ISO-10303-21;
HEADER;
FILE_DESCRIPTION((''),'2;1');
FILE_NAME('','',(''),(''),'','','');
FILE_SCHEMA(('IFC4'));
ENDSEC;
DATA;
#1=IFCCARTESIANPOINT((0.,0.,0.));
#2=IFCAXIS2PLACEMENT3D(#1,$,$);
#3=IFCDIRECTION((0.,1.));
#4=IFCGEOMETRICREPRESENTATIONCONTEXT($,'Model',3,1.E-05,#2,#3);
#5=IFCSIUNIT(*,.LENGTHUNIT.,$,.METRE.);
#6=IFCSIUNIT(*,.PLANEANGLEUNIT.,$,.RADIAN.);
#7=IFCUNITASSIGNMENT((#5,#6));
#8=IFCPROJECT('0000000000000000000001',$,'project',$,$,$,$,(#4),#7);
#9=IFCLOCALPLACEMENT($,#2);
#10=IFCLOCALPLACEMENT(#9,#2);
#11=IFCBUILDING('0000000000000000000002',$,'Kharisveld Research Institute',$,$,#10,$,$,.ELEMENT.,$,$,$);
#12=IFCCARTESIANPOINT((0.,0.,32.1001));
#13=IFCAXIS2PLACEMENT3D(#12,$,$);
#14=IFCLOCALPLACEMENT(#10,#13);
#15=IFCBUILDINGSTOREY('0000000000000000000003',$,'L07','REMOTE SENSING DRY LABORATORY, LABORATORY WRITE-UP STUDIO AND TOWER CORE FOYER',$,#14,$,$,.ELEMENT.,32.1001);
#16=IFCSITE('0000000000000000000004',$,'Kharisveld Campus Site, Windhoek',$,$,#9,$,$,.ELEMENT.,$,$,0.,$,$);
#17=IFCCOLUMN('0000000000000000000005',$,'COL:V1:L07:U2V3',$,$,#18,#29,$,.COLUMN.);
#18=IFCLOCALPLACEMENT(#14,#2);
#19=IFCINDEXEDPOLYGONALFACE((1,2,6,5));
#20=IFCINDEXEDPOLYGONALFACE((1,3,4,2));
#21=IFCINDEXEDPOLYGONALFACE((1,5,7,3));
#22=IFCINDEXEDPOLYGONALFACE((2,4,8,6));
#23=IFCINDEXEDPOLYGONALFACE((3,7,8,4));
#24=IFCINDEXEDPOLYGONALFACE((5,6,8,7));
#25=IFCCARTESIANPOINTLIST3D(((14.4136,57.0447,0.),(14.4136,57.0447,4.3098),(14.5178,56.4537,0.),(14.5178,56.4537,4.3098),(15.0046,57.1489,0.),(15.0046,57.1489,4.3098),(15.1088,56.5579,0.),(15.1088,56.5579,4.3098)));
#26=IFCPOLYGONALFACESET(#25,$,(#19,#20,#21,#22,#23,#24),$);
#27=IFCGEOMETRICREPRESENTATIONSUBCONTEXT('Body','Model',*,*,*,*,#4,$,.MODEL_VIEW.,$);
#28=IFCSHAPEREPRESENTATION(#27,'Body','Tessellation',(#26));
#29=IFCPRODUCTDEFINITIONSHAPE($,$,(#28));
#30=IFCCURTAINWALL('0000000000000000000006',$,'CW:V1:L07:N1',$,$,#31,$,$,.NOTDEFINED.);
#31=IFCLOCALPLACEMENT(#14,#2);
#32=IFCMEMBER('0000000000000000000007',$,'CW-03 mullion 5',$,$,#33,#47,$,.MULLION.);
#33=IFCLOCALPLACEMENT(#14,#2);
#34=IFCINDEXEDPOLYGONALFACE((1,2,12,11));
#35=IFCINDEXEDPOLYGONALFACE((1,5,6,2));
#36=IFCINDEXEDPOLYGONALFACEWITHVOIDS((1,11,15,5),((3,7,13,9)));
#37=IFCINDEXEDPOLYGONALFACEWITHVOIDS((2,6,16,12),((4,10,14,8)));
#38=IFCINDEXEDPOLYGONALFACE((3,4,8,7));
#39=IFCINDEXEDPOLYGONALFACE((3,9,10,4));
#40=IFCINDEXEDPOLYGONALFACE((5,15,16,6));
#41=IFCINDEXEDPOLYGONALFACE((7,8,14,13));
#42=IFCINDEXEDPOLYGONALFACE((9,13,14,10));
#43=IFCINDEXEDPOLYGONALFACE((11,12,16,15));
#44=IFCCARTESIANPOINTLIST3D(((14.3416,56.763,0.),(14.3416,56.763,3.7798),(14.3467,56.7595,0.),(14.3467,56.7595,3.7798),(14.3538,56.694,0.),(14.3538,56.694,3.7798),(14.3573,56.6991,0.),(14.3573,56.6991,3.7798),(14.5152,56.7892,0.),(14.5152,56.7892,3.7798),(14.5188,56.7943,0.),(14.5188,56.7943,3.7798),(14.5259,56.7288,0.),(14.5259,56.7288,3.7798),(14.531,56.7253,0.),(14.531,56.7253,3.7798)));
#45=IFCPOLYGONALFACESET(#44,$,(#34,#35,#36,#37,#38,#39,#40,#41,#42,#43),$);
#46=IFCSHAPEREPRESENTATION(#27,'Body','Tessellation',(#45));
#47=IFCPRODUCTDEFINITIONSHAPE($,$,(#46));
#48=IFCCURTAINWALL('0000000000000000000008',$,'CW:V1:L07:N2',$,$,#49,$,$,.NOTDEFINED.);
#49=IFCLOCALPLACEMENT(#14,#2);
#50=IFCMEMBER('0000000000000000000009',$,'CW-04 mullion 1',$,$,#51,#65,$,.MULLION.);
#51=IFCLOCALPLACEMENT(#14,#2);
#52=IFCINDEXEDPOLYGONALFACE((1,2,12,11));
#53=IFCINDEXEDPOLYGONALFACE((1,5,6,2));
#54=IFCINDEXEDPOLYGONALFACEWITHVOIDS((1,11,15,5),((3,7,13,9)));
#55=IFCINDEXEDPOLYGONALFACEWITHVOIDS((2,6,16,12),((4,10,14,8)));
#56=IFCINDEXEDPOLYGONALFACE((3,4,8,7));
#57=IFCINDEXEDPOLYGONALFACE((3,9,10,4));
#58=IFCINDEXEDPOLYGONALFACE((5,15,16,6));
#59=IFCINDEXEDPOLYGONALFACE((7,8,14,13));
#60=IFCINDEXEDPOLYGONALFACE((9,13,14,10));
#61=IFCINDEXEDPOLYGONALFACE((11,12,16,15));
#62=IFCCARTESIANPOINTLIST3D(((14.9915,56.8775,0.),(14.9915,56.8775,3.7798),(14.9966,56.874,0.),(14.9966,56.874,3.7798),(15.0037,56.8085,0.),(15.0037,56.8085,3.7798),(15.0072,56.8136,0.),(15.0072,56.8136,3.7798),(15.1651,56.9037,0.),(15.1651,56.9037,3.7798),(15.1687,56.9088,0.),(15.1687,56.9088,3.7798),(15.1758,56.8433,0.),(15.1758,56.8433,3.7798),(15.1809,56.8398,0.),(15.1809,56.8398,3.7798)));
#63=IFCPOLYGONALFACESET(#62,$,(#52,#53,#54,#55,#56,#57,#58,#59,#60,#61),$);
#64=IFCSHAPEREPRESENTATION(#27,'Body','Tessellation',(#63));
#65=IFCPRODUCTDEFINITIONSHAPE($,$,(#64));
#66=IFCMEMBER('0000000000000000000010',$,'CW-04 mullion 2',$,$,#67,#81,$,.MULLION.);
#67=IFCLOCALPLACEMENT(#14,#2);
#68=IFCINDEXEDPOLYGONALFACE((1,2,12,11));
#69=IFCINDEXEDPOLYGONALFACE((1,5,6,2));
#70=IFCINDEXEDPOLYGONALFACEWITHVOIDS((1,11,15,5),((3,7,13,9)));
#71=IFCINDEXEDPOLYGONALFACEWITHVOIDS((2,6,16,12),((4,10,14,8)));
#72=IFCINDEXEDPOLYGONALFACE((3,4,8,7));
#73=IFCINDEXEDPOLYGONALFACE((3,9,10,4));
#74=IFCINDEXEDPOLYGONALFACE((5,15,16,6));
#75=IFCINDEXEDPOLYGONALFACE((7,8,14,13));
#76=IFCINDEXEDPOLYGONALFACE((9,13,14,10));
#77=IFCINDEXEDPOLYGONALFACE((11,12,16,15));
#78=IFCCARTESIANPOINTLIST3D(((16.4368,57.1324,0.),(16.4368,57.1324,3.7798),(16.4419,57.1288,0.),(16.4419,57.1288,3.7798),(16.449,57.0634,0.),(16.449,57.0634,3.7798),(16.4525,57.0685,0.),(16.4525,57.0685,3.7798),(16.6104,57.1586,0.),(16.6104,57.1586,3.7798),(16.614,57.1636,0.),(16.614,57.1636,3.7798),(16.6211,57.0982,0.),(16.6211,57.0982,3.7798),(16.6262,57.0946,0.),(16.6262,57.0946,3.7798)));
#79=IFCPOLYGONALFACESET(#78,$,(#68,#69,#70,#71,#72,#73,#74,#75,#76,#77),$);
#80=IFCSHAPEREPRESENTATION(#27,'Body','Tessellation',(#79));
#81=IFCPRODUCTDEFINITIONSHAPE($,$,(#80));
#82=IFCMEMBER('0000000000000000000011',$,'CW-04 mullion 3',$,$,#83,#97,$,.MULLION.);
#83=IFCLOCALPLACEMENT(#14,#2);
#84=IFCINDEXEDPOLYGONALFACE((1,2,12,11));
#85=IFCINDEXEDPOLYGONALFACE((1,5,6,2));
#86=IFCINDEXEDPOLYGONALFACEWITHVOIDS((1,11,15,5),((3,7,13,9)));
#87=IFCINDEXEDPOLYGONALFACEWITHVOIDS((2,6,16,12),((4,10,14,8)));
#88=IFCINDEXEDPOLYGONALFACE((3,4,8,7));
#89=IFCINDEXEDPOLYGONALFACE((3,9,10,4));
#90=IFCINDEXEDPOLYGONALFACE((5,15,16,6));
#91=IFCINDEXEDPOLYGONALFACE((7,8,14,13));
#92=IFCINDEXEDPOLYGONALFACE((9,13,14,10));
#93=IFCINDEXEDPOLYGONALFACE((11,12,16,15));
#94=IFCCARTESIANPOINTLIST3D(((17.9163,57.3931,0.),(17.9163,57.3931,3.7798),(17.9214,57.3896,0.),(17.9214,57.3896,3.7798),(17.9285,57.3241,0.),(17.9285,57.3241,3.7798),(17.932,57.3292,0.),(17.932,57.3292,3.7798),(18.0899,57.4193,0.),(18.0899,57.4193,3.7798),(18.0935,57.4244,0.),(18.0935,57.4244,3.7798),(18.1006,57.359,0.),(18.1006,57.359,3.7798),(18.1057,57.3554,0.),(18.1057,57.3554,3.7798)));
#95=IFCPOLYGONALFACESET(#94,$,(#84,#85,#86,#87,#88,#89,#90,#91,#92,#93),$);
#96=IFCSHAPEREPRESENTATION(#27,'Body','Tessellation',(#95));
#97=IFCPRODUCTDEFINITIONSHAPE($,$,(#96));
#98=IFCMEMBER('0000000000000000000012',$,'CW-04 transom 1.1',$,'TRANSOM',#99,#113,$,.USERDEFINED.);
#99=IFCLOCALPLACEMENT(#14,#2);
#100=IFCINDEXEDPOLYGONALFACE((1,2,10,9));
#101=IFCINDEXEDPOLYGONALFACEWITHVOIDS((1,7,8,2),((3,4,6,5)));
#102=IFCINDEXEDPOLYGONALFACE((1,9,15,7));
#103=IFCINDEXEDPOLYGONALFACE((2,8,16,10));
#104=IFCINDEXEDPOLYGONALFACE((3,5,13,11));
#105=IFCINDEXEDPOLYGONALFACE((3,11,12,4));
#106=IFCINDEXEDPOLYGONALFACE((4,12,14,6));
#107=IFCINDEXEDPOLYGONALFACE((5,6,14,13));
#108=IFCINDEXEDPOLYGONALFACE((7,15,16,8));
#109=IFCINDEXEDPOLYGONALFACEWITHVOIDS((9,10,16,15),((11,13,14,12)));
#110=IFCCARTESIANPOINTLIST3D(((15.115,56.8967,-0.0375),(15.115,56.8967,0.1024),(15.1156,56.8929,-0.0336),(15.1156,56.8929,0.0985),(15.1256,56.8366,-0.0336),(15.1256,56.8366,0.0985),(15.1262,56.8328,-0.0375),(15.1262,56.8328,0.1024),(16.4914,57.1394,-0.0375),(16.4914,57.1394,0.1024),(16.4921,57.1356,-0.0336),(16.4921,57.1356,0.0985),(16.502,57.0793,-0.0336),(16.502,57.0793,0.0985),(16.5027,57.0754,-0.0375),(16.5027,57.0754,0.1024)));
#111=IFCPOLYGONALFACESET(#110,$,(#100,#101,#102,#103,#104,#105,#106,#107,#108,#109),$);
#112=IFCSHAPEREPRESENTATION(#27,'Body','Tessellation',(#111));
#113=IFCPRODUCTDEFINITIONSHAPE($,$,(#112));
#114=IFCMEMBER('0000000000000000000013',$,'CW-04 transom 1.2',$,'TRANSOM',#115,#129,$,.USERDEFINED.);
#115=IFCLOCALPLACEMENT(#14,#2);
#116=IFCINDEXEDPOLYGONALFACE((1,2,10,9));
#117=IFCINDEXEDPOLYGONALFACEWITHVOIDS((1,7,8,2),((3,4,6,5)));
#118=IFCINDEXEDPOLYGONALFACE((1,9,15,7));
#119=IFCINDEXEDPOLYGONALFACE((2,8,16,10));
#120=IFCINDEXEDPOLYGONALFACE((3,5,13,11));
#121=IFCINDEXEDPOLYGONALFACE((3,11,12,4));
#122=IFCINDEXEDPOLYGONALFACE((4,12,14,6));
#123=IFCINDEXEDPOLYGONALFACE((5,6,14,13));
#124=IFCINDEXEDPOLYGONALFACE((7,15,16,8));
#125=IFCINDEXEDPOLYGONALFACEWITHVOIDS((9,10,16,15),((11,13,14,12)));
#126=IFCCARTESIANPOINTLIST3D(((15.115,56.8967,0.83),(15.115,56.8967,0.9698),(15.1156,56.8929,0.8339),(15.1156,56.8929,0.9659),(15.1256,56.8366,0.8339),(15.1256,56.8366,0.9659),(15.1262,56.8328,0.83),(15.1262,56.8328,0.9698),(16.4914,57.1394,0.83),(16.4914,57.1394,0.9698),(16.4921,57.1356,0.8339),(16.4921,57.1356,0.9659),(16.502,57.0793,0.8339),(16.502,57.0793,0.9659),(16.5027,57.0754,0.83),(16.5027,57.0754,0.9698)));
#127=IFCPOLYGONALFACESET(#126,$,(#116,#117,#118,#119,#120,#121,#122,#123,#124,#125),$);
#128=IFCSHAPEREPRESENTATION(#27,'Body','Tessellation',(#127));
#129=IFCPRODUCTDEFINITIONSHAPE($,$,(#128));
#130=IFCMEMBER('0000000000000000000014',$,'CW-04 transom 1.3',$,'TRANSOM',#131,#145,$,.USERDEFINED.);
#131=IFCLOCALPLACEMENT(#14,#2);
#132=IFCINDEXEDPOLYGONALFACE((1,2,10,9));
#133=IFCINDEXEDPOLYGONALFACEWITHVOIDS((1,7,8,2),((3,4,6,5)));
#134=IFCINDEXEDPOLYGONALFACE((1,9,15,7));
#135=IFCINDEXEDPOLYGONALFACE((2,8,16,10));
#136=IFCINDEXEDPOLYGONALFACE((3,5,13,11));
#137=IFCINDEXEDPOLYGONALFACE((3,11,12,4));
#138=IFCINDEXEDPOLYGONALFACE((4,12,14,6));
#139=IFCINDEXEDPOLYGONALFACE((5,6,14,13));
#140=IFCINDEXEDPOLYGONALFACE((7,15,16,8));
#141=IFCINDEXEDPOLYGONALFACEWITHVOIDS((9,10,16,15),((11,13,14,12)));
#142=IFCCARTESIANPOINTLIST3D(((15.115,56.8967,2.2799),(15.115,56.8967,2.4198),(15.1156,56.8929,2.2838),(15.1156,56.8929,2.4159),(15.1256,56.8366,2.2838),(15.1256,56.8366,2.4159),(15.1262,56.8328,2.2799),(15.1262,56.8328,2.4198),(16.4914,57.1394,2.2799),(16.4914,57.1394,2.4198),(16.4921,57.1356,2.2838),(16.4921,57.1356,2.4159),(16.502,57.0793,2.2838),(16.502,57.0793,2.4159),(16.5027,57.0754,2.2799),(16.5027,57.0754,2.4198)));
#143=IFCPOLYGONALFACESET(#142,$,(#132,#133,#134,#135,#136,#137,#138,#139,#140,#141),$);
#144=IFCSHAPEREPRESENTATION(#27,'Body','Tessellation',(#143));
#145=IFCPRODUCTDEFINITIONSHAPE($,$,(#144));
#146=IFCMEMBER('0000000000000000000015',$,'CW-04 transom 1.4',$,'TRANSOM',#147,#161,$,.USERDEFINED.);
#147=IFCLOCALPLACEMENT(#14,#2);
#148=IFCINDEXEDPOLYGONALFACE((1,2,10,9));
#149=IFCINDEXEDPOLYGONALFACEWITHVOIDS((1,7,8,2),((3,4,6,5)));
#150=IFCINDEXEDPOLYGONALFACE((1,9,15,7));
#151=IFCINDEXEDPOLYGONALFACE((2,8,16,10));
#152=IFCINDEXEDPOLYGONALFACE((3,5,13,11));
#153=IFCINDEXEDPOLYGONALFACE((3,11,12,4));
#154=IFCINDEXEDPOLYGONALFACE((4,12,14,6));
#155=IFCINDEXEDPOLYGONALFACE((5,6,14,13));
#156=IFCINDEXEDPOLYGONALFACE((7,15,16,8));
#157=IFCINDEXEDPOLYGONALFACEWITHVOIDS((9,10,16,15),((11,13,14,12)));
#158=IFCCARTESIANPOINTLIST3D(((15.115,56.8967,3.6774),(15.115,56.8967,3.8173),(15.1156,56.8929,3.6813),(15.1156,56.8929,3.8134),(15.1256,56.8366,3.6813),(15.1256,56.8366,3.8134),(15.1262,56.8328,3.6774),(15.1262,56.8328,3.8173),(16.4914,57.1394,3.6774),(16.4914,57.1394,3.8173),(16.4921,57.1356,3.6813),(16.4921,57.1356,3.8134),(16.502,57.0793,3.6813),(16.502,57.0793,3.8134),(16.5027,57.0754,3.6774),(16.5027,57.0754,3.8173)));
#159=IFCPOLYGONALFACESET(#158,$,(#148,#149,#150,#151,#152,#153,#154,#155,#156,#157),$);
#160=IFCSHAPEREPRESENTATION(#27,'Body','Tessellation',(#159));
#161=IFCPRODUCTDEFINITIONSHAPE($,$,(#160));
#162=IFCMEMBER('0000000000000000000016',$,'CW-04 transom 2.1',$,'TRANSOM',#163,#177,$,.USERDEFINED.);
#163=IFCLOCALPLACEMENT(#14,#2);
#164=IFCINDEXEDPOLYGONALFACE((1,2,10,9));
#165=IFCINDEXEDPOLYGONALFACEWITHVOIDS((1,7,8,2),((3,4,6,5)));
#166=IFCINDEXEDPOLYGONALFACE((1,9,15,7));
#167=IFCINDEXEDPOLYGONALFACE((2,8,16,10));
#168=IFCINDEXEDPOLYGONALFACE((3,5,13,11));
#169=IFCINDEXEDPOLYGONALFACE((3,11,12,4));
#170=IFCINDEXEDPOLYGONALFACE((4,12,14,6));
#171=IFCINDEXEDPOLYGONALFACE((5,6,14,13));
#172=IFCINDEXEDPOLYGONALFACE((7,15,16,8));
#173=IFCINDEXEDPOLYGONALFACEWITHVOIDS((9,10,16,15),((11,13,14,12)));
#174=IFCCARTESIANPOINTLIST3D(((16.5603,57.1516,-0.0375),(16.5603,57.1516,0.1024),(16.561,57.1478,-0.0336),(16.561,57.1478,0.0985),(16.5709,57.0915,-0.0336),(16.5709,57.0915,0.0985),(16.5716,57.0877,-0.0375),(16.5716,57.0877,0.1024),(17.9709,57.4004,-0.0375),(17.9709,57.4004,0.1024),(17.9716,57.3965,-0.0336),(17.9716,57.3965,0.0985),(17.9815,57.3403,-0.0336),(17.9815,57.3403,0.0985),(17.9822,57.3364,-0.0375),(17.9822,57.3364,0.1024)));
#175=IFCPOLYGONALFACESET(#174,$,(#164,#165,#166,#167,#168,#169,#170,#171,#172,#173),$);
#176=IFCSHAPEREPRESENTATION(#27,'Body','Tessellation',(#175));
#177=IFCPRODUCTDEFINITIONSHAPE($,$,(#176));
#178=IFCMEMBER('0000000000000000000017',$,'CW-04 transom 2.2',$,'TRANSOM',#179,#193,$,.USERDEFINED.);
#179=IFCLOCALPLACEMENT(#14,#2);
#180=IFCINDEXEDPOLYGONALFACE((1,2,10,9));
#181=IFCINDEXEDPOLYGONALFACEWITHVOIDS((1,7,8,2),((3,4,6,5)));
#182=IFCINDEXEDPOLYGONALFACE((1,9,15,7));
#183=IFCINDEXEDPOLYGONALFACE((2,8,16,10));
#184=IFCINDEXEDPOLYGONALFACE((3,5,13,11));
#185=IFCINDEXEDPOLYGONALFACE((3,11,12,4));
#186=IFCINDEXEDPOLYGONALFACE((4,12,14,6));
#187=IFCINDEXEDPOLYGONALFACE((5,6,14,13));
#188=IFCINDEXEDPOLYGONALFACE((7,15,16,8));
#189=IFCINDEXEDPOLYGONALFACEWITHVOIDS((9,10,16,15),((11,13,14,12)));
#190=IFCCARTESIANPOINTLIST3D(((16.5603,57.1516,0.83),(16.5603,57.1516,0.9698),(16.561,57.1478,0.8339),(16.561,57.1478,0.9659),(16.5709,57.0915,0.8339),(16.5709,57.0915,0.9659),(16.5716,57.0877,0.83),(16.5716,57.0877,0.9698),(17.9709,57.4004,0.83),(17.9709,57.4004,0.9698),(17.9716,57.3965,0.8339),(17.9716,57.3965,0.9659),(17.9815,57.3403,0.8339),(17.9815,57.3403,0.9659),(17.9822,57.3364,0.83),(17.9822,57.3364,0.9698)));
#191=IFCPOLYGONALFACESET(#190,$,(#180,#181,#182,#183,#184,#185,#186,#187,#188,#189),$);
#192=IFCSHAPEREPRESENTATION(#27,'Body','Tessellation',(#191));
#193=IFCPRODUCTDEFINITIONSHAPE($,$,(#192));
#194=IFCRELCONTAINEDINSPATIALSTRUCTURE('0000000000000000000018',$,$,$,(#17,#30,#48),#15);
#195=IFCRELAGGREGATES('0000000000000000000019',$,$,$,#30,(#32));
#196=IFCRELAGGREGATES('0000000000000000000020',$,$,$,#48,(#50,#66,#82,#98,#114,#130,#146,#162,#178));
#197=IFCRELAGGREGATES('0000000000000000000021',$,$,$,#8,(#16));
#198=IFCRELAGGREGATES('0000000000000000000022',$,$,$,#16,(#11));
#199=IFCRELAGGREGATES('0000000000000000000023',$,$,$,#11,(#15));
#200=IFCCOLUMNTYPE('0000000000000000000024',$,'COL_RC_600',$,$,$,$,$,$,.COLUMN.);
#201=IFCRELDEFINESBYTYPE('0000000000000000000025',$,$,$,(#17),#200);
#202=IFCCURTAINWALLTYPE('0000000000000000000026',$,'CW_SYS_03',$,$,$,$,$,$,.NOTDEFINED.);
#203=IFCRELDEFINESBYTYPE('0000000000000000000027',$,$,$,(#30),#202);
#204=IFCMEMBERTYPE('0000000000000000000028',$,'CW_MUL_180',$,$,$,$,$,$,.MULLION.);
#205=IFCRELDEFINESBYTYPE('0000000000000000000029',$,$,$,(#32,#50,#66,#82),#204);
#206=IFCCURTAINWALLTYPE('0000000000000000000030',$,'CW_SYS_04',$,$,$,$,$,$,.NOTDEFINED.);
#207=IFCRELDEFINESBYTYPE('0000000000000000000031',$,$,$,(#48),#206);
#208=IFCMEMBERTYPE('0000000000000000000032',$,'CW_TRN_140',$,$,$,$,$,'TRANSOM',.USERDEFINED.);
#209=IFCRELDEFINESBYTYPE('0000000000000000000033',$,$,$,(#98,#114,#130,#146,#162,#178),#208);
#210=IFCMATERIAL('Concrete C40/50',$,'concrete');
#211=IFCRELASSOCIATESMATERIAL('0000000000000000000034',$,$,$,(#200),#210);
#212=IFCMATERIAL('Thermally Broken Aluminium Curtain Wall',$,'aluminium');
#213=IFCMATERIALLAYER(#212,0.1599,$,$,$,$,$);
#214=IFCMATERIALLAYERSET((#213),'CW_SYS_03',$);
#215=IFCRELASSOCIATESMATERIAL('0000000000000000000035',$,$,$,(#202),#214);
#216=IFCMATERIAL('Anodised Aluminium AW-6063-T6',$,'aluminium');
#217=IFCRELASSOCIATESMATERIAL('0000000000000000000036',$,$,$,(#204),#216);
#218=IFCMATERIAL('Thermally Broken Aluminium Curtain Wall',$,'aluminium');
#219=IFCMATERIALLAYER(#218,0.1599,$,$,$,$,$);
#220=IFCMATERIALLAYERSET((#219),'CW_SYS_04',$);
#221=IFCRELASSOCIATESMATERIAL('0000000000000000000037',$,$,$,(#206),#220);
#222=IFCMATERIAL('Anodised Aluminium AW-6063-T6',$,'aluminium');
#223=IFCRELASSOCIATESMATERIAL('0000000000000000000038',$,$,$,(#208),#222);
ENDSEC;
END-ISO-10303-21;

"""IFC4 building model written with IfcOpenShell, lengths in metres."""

from ifc_helpers import new_model, si_unit, direction, frame, origin, origin_2d, place, context, subcontext, project, spatial, rectangle, hollow_rectangle, extrude, material, layer, layer_set, material_profile, profile_set, type_object, element, aggregate, save


model = new_model("IFC4")

# Units and contexts
model_context = context("Model", 3, precision=1e-05, world=origin(), true_north=direction((0.0, 1.0)))
body_context = subcontext(model_context, "Body", "Model", "MODEL_VIEW")
ifc_project = project(units=[si_unit("LENGTHUNIT", "METRE"), si_unit("PLANEANGLEUNIT", "RADIAN")], contexts=[model_context])

# Site, building, storey
site_placement = place(None, origin())
site = spatial("IfcSite", under=ifc_project, at=site_placement, Name="Kharisveld Campus Site, Windhoek", CompositionType="ELEMENT", RefElevation=0.0)
building_placement = place(site_placement, origin())
building = spatial("IfcBuilding", under=site, at=building_placement, Name="Kharisveld Research Institute", CompositionType="ELEMENT")
storey_placement = place(building_placement, frame((0.0, 0.0, 32.1001)))
storey = spatial("IfcBuildingStorey", under=building, at=storey_placement, Name="L07", Description="REMOTE SENSING DRY LABORATORY, LABORATORY WRITE-UP STUDIO AND TOWER CORE FOYER", CompositionType="ELEMENT", Elevation=32.1001)

# Column
ifc_material_1 = material(Name="Concrete C40/50", Category="concrete")
ifc_material_profile_1 = material_profile(ifc_material_1, rectangle(XDim=0.6001, YDim=0.6001, at=origin_2d()))
ifc_profile_set_1 = profile_set([ifc_material_profile_1], Name="Concrete C40/50")
column_type = type_object("IfcColumnType", Name="COL_RC_600", PredefinedType="COLUMN", material=ifc_profile_set_1)
column_placement = place(storey_placement, frame((14.7612, 56.8013, 0.0), z_axis=(0.0, 0.0, 1.0), x_axis=(0.984808, 0.173648, 0.0)))
element("IfcColumn", 1, at=column_placement, inside=storey, type_object=column_type, Name="COL:V1:L07:U2V3", PredefinedType="COLUMN", context=body_context, shape_type="SweptSolid", body=[
    extrude(rectangle(XDim=0.6001, YDim=0.6001, at=origin_2d()), origin(), (0.0, 0.0, 1.0), 4.3098),
])

# Curtain wall, member
ifc_material_2 = material(Name="Thermally Broken Aluminium Curtain Wall", Category="aluminium")
ifc_layer_1 = layer(ifc_material_2, 0.1599)
ifc_layer_set_1 = layer_set([ifc_layer_1], Name="CW_SYS_03")
curtain_wall_type_1 = type_object("IfcCurtainWallType", Name="CW_SYS_03", PredefinedType="NOTDEFINED", material=ifc_layer_set_1)
curtain_wall_1_placement = place(storey_placement, origin())
curtain_wall_1 = element("IfcCurtainWall", 2, at=curtain_wall_1_placement, inside=storey, type_object=curtain_wall_type_1, Name="CW:V1:L07:N1", PredefinedType="NOTDEFINED")
ifc_material_3 = material(Name="Anodised Aluminium AW-6063-T6", Category="aluminium")
ifc_material_profile_2 = material_profile(ifc_material_3, hollow_rectangle(XDim=0.0701, YDim=0.1799, WallThickness=0.0044, at=origin_2d()))
ifc_profile_set_2 = profile_set([ifc_material_profile_2], Name="Anodised Aluminium AW-6063-T6")
member_type_1 = type_object("IfcMemberType", Name="CW_MUL_180", PredefinedType="MULLION", material=ifc_profile_set_2)
member_1_placement = place(storey_placement, frame((14.4363, 56.7441, 0.0), z_axis=(0.0, 0.0, 1.0), x_axis=(-0.173648, 0.984808, 0.0)))
member_1 = element("IfcMember", 3, at=member_1_placement, type_object=member_type_1, Name="CW-03 mullion 5", PredefinedType="MULLION", context=body_context, shape_type="SweptSolid", body=[
    extrude(hollow_rectangle(XDim=0.0701, YDim=0.1799, WallThickness=0.0044, at=origin_2d()), origin(), (0.0, 0.0, 1.0), 3.7798),
])
aggregate(curtain_wall_1, [member_1])

# Curtain wall, members
ifc_material_4 = material(Name="Thermally Broken Aluminium Curtain Wall", Category="aluminium")
ifc_layer_2 = layer(ifc_material_4, 0.1599)
ifc_layer_set_2 = layer_set([ifc_layer_2], Name="CW_SYS_04")
curtain_wall_type_2 = type_object("IfcCurtainWallType", Name="CW_SYS_04", PredefinedType="NOTDEFINED", material=ifc_layer_set_2)
curtain_wall_2_placement = place(storey_placement, origin())
curtain_wall_2 = element("IfcCurtainWall", 4, at=curtain_wall_2_placement, inside=storey, type_object=curtain_wall_type_2, Name="CW:V1:L07:N2", PredefinedType="NOTDEFINED")
member_2_placement = place(storey_placement, frame((15.0862, 56.8586, 0.0), z_axis=(0.0, 0.0, 1.0), x_axis=(-0.173648, 0.984808, 0.0)))
member_2 = element("IfcMember", 5, at=member_2_placement, type_object=member_type_1, Name="CW-04 mullion 1", PredefinedType="MULLION", context=body_context, shape_type="SweptSolid", body=[
    extrude(hollow_rectangle(XDim=0.0701, YDim=0.1799, WallThickness=0.0044, at=origin_2d()), origin(), (0.0, 0.0, 1.0), 3.7798),
])
member_3_placement = place(storey_placement, frame((16.5315, 57.1135, 0.0), z_axis=(0.0, 0.0, 1.0), x_axis=(-0.173648, 0.984808, 0.0)))
member_3 = element("IfcMember", 6, at=member_3_placement, type_object=member_type_1, Name="CW-04 mullion 2", PredefinedType="MULLION", context=body_context, shape_type="SweptSolid", body=[
    extrude(hollow_rectangle(XDim=0.0701, YDim=0.1799, WallThickness=0.0044, at=origin_2d()), origin(), (0.0, 0.0, 1.0), 3.7798),
])
member_4_placement = place(storey_placement, frame((18.011, 57.3743, 0.0), z_axis=(0.0, 0.0, 1.0), x_axis=(-0.173648, 0.984808, 0.0)))
member_4 = element("IfcMember", 7, at=member_4_placement, type_object=member_type_1, Name="CW-04 mullion 3", PredefinedType="MULLION", context=body_context, shape_type="SweptSolid", body=[
    extrude(hollow_rectangle(XDim=0.0701, YDim=0.1799, WallThickness=0.0044, at=origin_2d()), origin(), (0.0, 0.0, 1.0), 3.7798),
])
ifc_material_5 = material(Name="Anodised Aluminium AW-6063-T6", Category="aluminium")
ifc_material_profile_3 = material_profile(ifc_material_5, hollow_rectangle(XDim=0.0649, YDim=0.1399, WallThickness=0.0039, at=origin_2d()))
ifc_profile_set_3 = profile_set([ifc_material_profile_3], Name="Anodised Aluminium AW-6063-T6")
member_type_2 = type_object("IfcMemberType", Name="CW_TRN_140", ElementType="TRANSOM", PredefinedType="USERDEFINED", material=ifc_profile_set_3)
member_5_placement = place(storey_placement, frame((15.1206, 56.8647, 0.0325), z_axis=(0.984812, 0.173626, 0.0), x_axis=(-0.173626, 0.984812, 0.0)))
member_5 = element("IfcMember", 8, at=member_5_placement, type_object=member_type_2, Name="CW-04 transom 1.1", ObjectType="TRANSOM", PredefinedType="USERDEFINED", context=body_context, shape_type="SweptSolid", body=[
    extrude(hollow_rectangle(XDim=0.0649, YDim=0.1399, WallThickness=0.0039, at=origin_2d()), origin(), (0.0, 0.0, 1.0), 1.3977),
])
member_6_placement = place(storey_placement, frame((15.1206, 56.8647, 0.8999), z_axis=(0.984812, 0.173626, 0.0), x_axis=(-0.173626, 0.984812, 0.0)))
member_6 = element("IfcMember", 9, at=member_6_placement, type_object=member_type_2, Name="CW-04 transom 1.2", ObjectType="TRANSOM", PredefinedType="USERDEFINED", context=body_context, shape_type="SweptSolid", body=[
    extrude(hollow_rectangle(XDim=0.0649, YDim=0.1399, WallThickness=0.0039, at=origin_2d()), origin(), (0.0, 0.0, 1.0), 1.3977),
])
member_7_placement = place(storey_placement, frame((15.1206, 56.8647, 2.3499), z_axis=(0.984812, 0.173626, 0.0), x_axis=(-0.173626, 0.984812, 0.0)))
member_7 = element("IfcMember", 10, at=member_7_placement, type_object=member_type_2, Name="CW-04 transom 1.3", ObjectType="TRANSOM", PredefinedType="USERDEFINED", context=body_context, shape_type="SweptSolid", body=[
    extrude(hollow_rectangle(XDim=0.0649, YDim=0.1399, WallThickness=0.0039, at=origin_2d()), origin(), (0.0, 0.0, 1.0), 1.3977),
])
member_8_placement = place(storey_placement, frame((15.1206, 56.8647, 3.7473), z_axis=(0.984812, 0.173626, 0.0), x_axis=(-0.173626, 0.984812, 0.0)))
member_8 = element("IfcMember", 11, at=member_8_placement, type_object=member_type_2, Name="CW-04 transom 1.4", ObjectType="TRANSOM", PredefinedType="USERDEFINED", context=body_context, shape_type="SweptSolid", body=[
    extrude(hollow_rectangle(XDim=0.0649, YDim=0.1399, WallThickness=0.0039, at=origin_2d()), origin(), (0.0, 0.0, 1.0), 1.3977),
])
member_9_placement = place(storey_placement, frame((16.5659, 57.1196, 0.0325), z_axis=(0.984802, 0.173678, 0.0), x_axis=(-0.173678, 0.984802, 0.0)))
member_9 = element("IfcMember", 12, at=member_9_placement, type_object=member_type_2, Name="CW-04 transom 2.1", ObjectType="TRANSOM", PredefinedType="USERDEFINED", context=body_context, shape_type="SweptSolid", body=[
    extrude(hollow_rectangle(XDim=0.0649, YDim=0.1399, WallThickness=0.0039, at=origin_2d()), origin(), (0.0, 0.0, 1.0), 1.4324),
])
member_10_placement = place(storey_placement, frame((16.5659, 57.1196, 0.8999), z_axis=(0.984802, 0.173678, 0.0), x_axis=(-0.173678, 0.984802, 0.0)))
member_10 = element("IfcMember", 13, at=member_10_placement, type_object=member_type_2, Name="CW-04 transom 2.2", ObjectType="TRANSOM", PredefinedType="USERDEFINED", context=body_context, shape_type="SweptSolid", body=[
    extrude(hollow_rectangle(XDim=0.0649, YDim=0.1399, WallThickness=0.0039, at=origin_2d()), origin(), (0.0, 0.0, 1.0), 1.4324),
])

aggregate(curtain_wall_2, [member_2, member_3, member_4, member_5, member_6, member_7, member_8, member_9, member_10])

save(model, "model.ifc")
